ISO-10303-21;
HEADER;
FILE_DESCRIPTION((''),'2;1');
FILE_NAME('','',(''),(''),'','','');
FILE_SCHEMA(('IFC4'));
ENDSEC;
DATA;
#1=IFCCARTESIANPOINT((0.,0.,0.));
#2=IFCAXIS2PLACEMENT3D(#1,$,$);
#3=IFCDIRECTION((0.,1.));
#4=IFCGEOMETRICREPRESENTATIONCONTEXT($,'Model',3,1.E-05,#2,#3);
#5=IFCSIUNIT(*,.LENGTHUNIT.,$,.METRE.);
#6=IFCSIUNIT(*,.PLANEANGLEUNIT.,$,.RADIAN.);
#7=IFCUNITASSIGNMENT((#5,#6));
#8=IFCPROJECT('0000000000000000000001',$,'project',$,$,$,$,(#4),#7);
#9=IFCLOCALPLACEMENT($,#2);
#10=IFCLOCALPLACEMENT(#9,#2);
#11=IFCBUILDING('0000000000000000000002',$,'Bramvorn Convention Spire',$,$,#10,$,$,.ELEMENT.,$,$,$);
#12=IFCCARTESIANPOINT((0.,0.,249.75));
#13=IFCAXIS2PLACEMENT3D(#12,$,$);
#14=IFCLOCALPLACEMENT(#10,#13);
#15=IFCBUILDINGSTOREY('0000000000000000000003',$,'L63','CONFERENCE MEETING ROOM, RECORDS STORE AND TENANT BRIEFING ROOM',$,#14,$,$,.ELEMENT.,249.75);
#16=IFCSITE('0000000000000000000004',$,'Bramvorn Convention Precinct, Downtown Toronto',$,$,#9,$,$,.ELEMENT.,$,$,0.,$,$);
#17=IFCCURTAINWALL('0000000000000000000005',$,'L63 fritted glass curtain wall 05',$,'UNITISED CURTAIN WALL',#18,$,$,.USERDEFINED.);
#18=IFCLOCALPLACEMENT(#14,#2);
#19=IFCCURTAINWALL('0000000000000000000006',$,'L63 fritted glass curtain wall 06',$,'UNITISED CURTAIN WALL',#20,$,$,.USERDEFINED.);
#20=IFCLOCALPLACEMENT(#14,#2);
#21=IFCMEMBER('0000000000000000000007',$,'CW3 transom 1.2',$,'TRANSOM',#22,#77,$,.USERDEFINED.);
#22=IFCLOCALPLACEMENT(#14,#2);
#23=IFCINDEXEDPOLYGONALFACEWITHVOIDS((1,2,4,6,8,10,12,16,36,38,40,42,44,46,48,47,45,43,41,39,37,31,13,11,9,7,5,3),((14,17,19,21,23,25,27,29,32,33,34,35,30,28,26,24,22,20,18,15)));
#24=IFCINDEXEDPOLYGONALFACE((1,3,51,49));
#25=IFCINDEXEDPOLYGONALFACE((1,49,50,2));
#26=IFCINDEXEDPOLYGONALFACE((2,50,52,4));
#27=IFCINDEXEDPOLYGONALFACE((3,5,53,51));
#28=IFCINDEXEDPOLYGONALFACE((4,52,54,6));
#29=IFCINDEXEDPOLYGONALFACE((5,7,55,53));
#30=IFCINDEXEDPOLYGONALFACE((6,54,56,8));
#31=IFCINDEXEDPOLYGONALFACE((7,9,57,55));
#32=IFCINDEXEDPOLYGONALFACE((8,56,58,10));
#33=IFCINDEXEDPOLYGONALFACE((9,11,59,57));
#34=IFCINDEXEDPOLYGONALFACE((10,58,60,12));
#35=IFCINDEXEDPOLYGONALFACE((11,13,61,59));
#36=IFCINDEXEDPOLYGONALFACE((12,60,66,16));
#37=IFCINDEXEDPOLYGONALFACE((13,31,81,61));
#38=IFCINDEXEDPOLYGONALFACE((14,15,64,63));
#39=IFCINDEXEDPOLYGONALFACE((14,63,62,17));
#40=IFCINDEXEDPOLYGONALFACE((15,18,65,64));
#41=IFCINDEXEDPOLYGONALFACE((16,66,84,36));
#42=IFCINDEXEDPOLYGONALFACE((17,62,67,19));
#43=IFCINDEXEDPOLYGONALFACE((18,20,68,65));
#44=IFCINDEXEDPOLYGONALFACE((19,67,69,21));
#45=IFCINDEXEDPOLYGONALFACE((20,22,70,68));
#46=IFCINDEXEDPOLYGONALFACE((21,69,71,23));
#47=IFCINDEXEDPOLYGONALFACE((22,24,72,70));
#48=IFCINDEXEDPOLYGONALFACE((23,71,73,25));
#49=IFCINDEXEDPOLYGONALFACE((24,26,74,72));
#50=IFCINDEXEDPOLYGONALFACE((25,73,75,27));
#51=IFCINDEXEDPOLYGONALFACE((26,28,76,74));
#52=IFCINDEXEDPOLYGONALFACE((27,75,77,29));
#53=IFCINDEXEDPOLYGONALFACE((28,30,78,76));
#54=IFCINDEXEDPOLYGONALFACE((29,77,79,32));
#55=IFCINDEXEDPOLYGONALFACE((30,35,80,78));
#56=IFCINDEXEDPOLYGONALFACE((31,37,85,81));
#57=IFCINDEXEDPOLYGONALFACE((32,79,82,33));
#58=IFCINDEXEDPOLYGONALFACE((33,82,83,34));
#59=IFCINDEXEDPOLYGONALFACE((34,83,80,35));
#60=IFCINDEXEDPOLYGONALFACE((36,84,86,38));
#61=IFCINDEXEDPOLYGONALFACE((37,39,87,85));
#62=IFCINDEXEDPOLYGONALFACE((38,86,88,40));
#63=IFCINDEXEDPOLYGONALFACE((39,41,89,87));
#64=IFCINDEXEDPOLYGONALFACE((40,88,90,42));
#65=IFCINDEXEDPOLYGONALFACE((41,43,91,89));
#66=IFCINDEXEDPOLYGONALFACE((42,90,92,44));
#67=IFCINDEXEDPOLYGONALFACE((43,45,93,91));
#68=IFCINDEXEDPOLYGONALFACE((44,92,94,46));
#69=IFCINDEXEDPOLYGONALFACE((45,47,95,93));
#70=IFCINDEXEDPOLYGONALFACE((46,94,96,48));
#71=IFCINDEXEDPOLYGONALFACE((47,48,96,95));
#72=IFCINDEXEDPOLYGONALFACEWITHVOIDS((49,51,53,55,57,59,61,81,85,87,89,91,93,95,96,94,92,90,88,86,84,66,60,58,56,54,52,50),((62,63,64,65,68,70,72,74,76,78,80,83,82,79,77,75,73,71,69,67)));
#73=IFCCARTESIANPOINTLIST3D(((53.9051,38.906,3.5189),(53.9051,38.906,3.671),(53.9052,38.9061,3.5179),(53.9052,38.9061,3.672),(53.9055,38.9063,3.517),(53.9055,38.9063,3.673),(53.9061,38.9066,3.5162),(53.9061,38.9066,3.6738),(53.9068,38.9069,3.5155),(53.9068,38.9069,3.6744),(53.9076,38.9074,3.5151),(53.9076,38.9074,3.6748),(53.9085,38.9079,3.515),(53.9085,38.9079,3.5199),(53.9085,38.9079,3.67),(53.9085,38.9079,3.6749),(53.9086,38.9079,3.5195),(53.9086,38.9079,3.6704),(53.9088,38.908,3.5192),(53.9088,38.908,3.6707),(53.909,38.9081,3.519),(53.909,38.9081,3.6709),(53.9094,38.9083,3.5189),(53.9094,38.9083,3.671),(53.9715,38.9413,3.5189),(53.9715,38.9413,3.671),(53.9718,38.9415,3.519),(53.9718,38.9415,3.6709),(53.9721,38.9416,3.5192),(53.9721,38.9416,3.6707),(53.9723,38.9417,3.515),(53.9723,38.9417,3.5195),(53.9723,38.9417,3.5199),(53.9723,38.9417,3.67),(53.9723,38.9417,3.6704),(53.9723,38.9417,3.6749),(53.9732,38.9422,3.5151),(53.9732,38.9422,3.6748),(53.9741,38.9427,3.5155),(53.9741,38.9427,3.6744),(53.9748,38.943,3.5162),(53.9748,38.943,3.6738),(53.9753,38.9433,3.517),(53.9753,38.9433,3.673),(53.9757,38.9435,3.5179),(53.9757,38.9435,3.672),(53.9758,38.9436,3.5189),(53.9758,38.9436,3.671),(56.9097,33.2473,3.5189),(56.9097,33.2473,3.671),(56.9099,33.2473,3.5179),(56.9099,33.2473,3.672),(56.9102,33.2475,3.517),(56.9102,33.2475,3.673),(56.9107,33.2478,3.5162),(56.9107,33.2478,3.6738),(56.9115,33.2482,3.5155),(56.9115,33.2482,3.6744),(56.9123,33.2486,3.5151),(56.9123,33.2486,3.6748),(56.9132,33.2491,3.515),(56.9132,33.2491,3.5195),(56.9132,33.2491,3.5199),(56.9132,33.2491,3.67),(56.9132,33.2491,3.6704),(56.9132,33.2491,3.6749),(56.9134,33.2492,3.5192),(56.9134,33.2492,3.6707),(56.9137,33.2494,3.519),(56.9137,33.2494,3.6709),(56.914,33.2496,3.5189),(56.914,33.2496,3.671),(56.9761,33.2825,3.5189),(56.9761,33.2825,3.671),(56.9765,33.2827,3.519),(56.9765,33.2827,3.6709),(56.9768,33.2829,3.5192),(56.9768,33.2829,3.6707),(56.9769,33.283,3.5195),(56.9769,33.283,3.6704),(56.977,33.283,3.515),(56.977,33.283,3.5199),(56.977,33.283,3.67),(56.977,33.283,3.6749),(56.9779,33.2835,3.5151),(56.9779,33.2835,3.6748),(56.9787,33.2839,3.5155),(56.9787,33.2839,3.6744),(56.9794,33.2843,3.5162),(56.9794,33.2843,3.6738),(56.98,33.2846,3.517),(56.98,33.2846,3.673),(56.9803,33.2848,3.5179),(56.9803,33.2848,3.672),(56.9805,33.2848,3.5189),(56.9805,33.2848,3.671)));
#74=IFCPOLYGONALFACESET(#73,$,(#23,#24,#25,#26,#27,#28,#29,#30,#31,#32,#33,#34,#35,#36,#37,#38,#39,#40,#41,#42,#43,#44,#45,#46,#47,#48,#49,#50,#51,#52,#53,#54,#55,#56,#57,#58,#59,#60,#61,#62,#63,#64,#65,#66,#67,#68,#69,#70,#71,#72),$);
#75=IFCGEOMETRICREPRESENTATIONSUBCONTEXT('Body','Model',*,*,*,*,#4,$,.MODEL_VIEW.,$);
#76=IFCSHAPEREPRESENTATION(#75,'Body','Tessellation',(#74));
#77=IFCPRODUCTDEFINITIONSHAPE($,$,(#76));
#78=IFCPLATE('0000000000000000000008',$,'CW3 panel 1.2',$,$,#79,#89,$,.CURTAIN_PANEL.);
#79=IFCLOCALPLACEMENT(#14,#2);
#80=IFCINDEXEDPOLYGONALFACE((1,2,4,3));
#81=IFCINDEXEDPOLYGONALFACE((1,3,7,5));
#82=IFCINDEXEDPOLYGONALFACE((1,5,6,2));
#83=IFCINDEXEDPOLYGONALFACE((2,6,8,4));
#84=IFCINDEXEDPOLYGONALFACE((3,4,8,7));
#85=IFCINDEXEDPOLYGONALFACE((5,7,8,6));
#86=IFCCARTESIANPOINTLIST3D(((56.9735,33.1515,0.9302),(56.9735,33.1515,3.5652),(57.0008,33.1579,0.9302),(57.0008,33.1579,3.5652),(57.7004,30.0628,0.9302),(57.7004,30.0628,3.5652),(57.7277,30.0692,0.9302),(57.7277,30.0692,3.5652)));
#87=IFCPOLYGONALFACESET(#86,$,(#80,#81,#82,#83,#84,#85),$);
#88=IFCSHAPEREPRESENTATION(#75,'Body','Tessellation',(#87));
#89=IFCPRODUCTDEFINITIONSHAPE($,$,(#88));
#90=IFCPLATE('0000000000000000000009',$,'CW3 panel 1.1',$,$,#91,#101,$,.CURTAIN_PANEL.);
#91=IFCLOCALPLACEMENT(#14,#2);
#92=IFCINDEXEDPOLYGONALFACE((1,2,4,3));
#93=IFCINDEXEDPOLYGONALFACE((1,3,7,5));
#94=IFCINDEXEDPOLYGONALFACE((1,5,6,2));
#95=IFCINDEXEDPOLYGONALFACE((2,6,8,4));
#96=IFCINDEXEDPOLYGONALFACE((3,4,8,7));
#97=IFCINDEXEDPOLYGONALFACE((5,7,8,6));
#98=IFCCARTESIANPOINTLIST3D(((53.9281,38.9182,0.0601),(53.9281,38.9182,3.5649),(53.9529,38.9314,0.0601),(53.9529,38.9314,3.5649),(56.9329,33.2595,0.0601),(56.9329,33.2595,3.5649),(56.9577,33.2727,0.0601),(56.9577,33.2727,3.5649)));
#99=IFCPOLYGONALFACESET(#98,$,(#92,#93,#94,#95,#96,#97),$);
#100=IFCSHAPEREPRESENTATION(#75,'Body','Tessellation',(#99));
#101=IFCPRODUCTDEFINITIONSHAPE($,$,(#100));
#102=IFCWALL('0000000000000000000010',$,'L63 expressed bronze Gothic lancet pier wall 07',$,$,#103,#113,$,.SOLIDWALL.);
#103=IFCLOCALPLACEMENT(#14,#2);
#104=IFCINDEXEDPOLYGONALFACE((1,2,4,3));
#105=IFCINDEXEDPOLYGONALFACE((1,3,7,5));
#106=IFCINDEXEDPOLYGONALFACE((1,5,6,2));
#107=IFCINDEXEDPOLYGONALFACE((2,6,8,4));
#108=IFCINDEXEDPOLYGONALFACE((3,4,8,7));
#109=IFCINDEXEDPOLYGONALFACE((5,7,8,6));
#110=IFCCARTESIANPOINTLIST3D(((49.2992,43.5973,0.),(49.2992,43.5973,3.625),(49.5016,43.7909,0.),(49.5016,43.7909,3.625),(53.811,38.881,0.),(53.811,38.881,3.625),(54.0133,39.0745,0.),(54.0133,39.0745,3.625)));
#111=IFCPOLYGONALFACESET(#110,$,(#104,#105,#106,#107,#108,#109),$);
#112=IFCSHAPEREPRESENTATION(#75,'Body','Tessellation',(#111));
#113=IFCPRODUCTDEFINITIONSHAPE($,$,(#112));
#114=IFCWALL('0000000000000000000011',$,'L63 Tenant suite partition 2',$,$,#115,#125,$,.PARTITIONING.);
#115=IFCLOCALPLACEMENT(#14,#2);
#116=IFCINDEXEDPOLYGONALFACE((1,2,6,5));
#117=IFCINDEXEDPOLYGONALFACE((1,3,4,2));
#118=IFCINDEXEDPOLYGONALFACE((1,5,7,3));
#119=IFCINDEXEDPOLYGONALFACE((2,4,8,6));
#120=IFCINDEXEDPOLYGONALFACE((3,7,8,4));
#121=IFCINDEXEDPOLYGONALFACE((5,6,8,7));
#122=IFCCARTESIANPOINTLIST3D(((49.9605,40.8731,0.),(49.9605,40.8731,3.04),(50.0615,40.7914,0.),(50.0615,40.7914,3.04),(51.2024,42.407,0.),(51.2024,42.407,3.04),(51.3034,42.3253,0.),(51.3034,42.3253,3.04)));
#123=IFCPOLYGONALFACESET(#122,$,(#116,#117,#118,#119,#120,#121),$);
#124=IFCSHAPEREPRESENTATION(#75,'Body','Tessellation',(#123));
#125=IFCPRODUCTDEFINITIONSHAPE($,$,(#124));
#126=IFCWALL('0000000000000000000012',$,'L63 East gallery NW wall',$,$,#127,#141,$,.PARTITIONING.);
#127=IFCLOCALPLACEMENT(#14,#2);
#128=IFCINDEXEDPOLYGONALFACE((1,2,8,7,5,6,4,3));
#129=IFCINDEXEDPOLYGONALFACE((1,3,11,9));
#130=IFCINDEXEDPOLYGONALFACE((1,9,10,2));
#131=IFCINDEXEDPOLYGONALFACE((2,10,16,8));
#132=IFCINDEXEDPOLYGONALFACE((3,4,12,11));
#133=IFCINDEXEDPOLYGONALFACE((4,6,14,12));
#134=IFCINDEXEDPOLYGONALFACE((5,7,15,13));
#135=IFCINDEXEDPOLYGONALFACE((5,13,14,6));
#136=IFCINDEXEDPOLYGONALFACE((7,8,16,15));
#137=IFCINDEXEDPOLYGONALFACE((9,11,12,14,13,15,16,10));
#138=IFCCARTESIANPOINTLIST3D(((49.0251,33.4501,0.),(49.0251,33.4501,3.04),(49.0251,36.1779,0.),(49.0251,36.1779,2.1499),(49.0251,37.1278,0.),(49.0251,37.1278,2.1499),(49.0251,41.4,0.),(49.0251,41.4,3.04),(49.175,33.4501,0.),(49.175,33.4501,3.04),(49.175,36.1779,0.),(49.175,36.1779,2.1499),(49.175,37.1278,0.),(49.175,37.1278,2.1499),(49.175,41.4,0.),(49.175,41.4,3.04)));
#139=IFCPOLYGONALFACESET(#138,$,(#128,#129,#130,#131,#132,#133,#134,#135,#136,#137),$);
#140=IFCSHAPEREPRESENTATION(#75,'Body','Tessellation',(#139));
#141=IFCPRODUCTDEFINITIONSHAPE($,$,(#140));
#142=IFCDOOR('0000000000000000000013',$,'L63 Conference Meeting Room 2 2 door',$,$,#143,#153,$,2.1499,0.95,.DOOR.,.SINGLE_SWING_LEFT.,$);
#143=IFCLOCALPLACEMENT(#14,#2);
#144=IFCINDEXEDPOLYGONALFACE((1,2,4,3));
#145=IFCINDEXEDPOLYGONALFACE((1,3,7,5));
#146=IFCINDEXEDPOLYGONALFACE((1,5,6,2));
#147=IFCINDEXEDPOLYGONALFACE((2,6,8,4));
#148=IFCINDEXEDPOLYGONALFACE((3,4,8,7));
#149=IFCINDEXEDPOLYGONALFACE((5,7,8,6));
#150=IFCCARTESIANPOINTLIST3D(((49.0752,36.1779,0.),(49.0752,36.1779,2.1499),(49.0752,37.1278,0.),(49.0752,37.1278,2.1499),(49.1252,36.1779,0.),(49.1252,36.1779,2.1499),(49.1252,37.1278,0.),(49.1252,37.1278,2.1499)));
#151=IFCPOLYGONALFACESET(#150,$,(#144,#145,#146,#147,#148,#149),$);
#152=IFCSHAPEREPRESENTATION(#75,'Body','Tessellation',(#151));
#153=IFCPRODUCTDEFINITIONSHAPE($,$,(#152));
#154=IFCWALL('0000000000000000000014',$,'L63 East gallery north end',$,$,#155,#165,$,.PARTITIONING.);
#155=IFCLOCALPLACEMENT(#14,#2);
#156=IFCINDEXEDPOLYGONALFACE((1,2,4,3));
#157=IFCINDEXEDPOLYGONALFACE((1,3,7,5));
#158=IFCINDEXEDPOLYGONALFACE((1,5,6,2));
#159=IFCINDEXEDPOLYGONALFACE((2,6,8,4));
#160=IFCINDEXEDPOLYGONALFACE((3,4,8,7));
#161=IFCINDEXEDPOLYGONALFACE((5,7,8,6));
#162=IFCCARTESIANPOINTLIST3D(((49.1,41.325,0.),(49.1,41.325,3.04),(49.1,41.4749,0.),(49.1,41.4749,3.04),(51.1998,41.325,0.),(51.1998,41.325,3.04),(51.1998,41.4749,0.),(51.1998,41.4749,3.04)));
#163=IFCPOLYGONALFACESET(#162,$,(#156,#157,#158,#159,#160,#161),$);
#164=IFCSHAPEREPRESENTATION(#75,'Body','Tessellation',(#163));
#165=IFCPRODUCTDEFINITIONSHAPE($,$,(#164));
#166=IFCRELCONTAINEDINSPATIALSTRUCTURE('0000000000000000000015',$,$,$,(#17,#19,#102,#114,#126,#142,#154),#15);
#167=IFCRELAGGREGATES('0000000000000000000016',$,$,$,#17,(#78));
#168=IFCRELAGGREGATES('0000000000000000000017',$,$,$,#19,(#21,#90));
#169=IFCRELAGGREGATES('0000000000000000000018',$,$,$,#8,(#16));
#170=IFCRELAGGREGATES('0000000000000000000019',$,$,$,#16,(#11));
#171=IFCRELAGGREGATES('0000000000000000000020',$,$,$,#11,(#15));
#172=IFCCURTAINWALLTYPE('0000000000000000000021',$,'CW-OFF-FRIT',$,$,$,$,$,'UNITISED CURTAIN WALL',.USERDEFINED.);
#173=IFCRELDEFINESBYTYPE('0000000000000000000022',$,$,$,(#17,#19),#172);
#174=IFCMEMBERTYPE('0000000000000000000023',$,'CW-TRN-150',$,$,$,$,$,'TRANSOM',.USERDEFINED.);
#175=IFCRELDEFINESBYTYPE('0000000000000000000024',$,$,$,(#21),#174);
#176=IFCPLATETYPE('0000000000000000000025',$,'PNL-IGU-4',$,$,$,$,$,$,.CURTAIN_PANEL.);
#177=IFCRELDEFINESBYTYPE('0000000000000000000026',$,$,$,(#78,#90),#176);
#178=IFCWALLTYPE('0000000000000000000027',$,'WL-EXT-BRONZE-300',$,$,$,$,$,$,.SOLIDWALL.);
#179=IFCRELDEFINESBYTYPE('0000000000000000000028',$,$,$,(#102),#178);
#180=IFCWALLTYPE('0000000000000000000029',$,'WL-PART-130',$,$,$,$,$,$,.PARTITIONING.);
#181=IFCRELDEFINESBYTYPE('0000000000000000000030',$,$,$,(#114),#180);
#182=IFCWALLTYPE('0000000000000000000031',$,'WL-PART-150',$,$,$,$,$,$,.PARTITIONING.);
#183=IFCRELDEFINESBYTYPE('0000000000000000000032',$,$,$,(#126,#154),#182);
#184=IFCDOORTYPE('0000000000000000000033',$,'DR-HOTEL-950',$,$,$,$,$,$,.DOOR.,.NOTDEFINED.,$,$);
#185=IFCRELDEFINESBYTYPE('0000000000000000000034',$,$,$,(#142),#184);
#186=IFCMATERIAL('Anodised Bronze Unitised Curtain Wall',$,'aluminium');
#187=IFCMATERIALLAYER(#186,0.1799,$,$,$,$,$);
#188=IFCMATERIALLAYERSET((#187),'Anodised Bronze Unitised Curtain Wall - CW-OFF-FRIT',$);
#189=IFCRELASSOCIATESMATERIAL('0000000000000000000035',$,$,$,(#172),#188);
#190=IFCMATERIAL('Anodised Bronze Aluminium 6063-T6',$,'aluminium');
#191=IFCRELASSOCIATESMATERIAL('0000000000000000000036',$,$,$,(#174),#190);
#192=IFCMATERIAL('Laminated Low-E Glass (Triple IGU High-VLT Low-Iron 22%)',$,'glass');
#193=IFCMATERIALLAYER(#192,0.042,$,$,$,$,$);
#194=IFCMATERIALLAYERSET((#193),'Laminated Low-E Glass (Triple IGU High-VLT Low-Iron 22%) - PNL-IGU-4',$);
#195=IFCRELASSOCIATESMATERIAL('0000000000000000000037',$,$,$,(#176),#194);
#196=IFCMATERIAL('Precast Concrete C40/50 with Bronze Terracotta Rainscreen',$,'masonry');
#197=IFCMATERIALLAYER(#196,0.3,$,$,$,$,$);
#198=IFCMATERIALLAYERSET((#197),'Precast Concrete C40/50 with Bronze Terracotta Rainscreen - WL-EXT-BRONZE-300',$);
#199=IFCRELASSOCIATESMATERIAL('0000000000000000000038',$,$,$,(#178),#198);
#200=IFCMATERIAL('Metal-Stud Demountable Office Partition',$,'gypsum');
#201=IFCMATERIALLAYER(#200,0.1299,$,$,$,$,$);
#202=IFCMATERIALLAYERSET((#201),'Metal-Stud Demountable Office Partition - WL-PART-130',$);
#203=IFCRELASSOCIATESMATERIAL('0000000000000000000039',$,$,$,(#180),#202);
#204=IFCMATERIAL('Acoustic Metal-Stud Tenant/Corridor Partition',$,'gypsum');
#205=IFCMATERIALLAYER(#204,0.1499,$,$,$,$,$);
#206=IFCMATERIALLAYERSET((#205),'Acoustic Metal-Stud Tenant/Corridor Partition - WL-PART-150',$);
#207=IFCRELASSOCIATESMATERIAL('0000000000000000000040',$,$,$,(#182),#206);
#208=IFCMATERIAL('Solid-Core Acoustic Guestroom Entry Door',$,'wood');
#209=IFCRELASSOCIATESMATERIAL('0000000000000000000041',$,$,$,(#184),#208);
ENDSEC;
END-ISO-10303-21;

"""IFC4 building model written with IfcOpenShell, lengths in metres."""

from ifc_helpers import new_model, si_unit, direction, frame, frame_2d, origin, origin_2d, place, context, subcontext, project, spatial, rectangle, hollow_rectangle, extrude, material, layer, layer_set, material_profile, profile_set, type_object, element, fill, aggregate, save


model = new_model("IFC4")

# Units and contexts
model_context = context("Model", 3, precision=1e-05, world=origin(), true_north=direction((0.0, 1.0)))
body_context = subcontext(model_context, "Body", "Model", "MODEL_VIEW")
ifc_project = project(units=[si_unit("LENGTHUNIT", "METRE"), si_unit("PLANEANGLEUNIT", "RADIAN")], contexts=[model_context])

# Site, building, storey
site_placement = place(None, origin())
site = spatial("IfcSite", under=ifc_project, at=site_placement, Name="Bramvorn Convention Precinct, Downtown Toronto", CompositionType="ELEMENT", RefElevation=0.0)
building_placement = place(site_placement, origin())
building = spatial("IfcBuilding", under=site, at=building_placement, Name="Bramvorn Convention Spire", CompositionType="ELEMENT")
storey_placement = place(building_placement, frame((0.0, 0.0, 249.75)))
storey = spatial("IfcBuildingStorey", under=building, at=storey_placement, Name="L63", Description="CONFERENCE MEETING ROOM, RECORDS STORE AND TENANT BRIEFING ROOM", CompositionType="ELEMENT", Elevation=249.75)

# Curtain wall
ifc_material_1 = material(Name="Anodised Bronze Unitised Curtain Wall", Category="aluminium")
ifc_layer_1 = layer(ifc_material_1, 0.1799)
ifc_layer_set_1 = layer_set([ifc_layer_1], Name="Anodised Bronze Unitised Curtain Wall - CW-OFF-FRIT")
curtain_wall_type = type_object("IfcCurtainWallType", Name="CW-OFF-FRIT", ElementType="UNITISED CURTAIN WALL", PredefinedType="USERDEFINED", material=ifc_layer_set_1)
curtain_wall_1_placement = place(storey_placement, origin())
curtain_wall_1 = element("IfcCurtainWall", 1, at=curtain_wall_1_placement, inside=storey, type_object=curtain_wall_type, Name="L63 fritted glass curtain wall 05", ObjectType="UNITISED CURTAIN WALL", PredefinedType="USERDEFINED")
ifc_material_2 = material(Name="Anodised Bronze Aluminium 6063-T6", Category="aluminium")

# Curtain wall
curtain_wall_2_placement = place(storey_placement, origin())
curtain_wall_2 = element("IfcCurtainWall", 2, at=curtain_wall_2_placement, inside=storey, type_object=curtain_wall_type, Name="L63 fritted glass curtain wall 06", ObjectType="UNITISED CURTAIN WALL", PredefinedType="USERDEFINED")

# Member
ifc_material_profile_1 = material_profile(ifc_material_2, hollow_rectangle(XDim=0.0801, YDim=0.1599, WallThickness=0.0039, InnerFilletRadius=0.001, OuterFilletRadius=0.0039, at=origin_2d()))
ifc_profile_set_1 = profile_set([ifc_material_profile_1], Name="Anodised Bronze Aluminium 6063-T6 - CWT80X160")
member_type_1 = type_object("IfcMemberType", Name="CW-TRN-150", ElementType="TRANSOM", PredefinedType="USERDEFINED", material=ifc_profile_set_1)
member_1_placement = place(storey_placement, frame((53.9404, 38.9248, 3.595), z_axis=(0.468968, -0.883215, 0.0), x_axis=(0.883215, 0.468968, 0.0)))
member_1 = element("IfcMember", 3, at=member_1_placement, type_object=member_type_1, Name="CW3 transom 1.2", ObjectType="TRANSOM", PredefinedType="USERDEFINED", context=body_context, shape_type="SweptSolid", body=[
    extrude(hollow_rectangle(XDim=0.0801, YDim=0.1599, WallThickness=0.0039, InnerFilletRadius=0.001, OuterFilletRadius=0.0039, at=origin_2d()), origin(), (0.0, 0.0, 1.0), 6.407),
])

# Plates
ifc_material_3 = material(Name="Laminated Low-E Glass (Triple IGU High-VLT Low-Iron 22%)", Category="glass")
ifc_layer_2 = layer(ifc_material_3, 0.042)
ifc_layer_set_2 = layer_set([ifc_layer_2], Name="Laminated Low-E Glass (Triple IGU High-VLT Low-Iron 22%) - PNL-IGU-4")
plate_type = type_object("IfcPlateType", Name="PNL-IGU-4", PredefinedType="CURTAIN_PANEL", material=ifc_layer_set_2)
plate_1_placement = place(storey_placement, frame((57.3506, 31.6104, 0.9302), z_axis=(0.0, 0.0, 1.0), x_axis=(0.229079, -0.973408, 0.0)))
plate_1 = element("IfcPlate", 4, at=plate_1_placement, type_object=plate_type, Name="CW3 panel 1.2", PredefinedType="CURTAIN_PANEL", context=body_context, shape_type="SweptSolid", body=[
    extrude(rectangle(XDim=3.1731, YDim=0.0281, at=origin_2d()), origin(), (0.0, 0.0, 1.0), 2.635),
])
aggregate(curtain_wall_1, [plate_1])
plate_2_placement = place(storey_placement, frame((55.4429, 36.0955, 0.0601), z_axis=(0.0, 0.0, 1.0), x_axis=(0.468988, -0.883204, 0.0)))
plate_2 = element("IfcPlate", 5, at=plate_2_placement, type_object=plate_type, Name="CW3 panel 1.1", PredefinedType="CURTAIN_PANEL", context=body_context, shape_type="SweptSolid", body=[
    extrude(rectangle(XDim=6.407, YDim=0.0281, at=origin_2d()), origin(), (0.0, 0.0, 1.0), 3.5049),
])
aggregate(curtain_wall_2, [member_1, plate_2])

# Walls
ifc_material_4 = material(Name="Precast Concrete C40/50 with Bronze Terracotta Rainscreen", Category="masonry")
ifc_layer_3 = layer(ifc_material_4, 0.3)
ifc_layer_set_3 = layer_set([ifc_layer_3], Name="Precast Concrete C40/50 with Bronze Terracotta Rainscreen - WL-EXT-BRONZE-300")
wall_type_1 = type_object("IfcWallType", Name="WL-EXT-BRONZE-300", PredefinedType="SOLIDWALL", material=ifc_layer_set_3)
wall_1_placement = place(storey_placement, frame((49.4004, 43.6941, 0.0), z_axis=(0.0, 0.0, 1.0), x_axis=(0.69126, -0.722606, 0.0)))
element("IfcWall", 6, at=wall_1_placement, inside=storey, type_object=wall_type_1, Name="L63 expressed bronze Gothic lancet pier wall 07", PredefinedType="SOLIDWALL", context=body_context, shape_type="SweptSolid", body=[
    extrude(rectangle(XDim=6.5269, YDim=0.28, at=frame_2d((3.2634, 0.0))), origin(), (0.0, 0.0, 1.0), 3.625),
])
ifc_material_5 = material(Name="Metal-Stud Demountable Office Partition", Category="gypsum")
ifc_layer_4 = layer(ifc_material_5, 0.1299)
ifc_layer_set_4 = layer_set([ifc_layer_4], Name="Metal-Stud Demountable Office Partition - WL-PART-130")
wall_type_2 = type_object("IfcWallType", Name="WL-PART-130", PredefinedType="PARTITIONING", material=ifc_layer_set_4)
wall_2_placement = place(storey_placement, frame((50.011, 40.8323, 0.0), z_axis=(0.0, 0.0, 1.0), x_axis=(0.629255, 0.777199, 0.0)))
element("IfcWall", 7, at=wall_2_placement, inside=storey, type_object=wall_type_2, Name="L63 Tenant suite partition 2", PredefinedType="PARTITIONING", context=body_context, shape_type="SweptSolid", body=[
    extrude(rectangle(XDim=1.9736, YDim=0.1299, at=frame_2d((0.9868, 0.0))), origin(), (0.0, 0.0, 1.0), 3.04),
])

# Wall, opening, door
ifc_material_6 = material(Name="Acoustic Metal-Stud Tenant/Corridor Partition", Category="gypsum")
ifc_layer_5 = layer(ifc_material_6, 0.1499)
ifc_layer_set_5 = layer_set([ifc_layer_5], Name="Acoustic Metal-Stud Tenant/Corridor Partition - WL-PART-150")
wall_type_3 = type_object("IfcWallType", Name="WL-PART-150", PredefinedType="PARTITIONING", material=ifc_layer_set_5)
wall_3_placement = place(storey_placement, frame((49.1001, 33.45, 0.0), z_axis=(0.0, 0.0, 1.0), x_axis=(0.0, 1.0, 0.0)))
wall_3 = element("IfcWall", 8, at=wall_3_placement, inside=storey, type_object=wall_type_3, Name="L63 East gallery NW wall", PredefinedType="PARTITIONING", context=body_context, shape_type="SweptSolid", body=[
    extrude(rectangle(XDim=7.95, YDim=0.1499, at=frame_2d((3.9751, 0.0))), origin(), (0.0, 0.0, 1.0), 3.04),
])
opening_placement = place(wall_3_placement, frame((2.7278, 0.0, 0.0)))
opening = element("IfcOpeningElement", 9, at=opening_placement, cuts=wall_3, PredefinedType="OPENING", context=body_context, shape_type="SweptSolid", body=[
    extrude(rectangle(XDim=0.95, YDim=2.1499, at=frame_2d((0.4751, 1.075))), frame((0.0, 0.085, 0.0), z_axis=(0.0, -1.0, 0.0), x_axis=(1.0, 0.0, 0.0)), (0.0, 0.0, 1.0), 0.1699),
])
ifc_material_7 = material(Name="Solid-Core Acoustic Guestroom Entry Door", Category="wood")
door_type = type_object("IfcDoorType", Name="DR-HOTEL-950", OperationType="NOTDEFINED", PredefinedType="DOOR", material=ifc_material_7)
door_placement = place(opening_placement, origin())
door = element("IfcDoor", 10, at=door_placement, inside=storey, type_object=door_type, Name="L63 Conference Meeting Room 2 2 door", OperationType="SINGLE_SWING_LEFT", OverallHeight=2.1499, OverallWidth=0.95, PredefinedType="DOOR", context=body_context, shape_type="SweptSolid", body=[
    extrude(rectangle(XDim=0.95, YDim=2.1499, at=frame_2d((0.4751, 1.075))), frame((0.0, 0.0249, 0.0), z_axis=(0.0, -1.0, 0.0), x_axis=(1.0, 0.0, 0.0)), (0.0, 0.0, 1.0), 0.05),
])
fill(opening, door)

# Wall
wall_4_placement = place(storey_placement, frame((49.1001, 41.3999, 0.0), z_axis=(0.0, 0.0, 1.0), x_axis=(1.0, 0.0, 0.0)))
element("IfcWall", 11, at=wall_4_placement, inside=storey, type_object=wall_type_3, Name="L63 East gallery north end", PredefinedType="PARTITIONING", context=body_context, shape_type="SweptSolid", body=[
    extrude(rectangle(XDim=2.0999, YDim=0.1499, at=frame_2d((1.0498, 0.0))), origin(), (0.0, 0.0, 1.0), 3.04),
])

save(model, "model.ifc")
